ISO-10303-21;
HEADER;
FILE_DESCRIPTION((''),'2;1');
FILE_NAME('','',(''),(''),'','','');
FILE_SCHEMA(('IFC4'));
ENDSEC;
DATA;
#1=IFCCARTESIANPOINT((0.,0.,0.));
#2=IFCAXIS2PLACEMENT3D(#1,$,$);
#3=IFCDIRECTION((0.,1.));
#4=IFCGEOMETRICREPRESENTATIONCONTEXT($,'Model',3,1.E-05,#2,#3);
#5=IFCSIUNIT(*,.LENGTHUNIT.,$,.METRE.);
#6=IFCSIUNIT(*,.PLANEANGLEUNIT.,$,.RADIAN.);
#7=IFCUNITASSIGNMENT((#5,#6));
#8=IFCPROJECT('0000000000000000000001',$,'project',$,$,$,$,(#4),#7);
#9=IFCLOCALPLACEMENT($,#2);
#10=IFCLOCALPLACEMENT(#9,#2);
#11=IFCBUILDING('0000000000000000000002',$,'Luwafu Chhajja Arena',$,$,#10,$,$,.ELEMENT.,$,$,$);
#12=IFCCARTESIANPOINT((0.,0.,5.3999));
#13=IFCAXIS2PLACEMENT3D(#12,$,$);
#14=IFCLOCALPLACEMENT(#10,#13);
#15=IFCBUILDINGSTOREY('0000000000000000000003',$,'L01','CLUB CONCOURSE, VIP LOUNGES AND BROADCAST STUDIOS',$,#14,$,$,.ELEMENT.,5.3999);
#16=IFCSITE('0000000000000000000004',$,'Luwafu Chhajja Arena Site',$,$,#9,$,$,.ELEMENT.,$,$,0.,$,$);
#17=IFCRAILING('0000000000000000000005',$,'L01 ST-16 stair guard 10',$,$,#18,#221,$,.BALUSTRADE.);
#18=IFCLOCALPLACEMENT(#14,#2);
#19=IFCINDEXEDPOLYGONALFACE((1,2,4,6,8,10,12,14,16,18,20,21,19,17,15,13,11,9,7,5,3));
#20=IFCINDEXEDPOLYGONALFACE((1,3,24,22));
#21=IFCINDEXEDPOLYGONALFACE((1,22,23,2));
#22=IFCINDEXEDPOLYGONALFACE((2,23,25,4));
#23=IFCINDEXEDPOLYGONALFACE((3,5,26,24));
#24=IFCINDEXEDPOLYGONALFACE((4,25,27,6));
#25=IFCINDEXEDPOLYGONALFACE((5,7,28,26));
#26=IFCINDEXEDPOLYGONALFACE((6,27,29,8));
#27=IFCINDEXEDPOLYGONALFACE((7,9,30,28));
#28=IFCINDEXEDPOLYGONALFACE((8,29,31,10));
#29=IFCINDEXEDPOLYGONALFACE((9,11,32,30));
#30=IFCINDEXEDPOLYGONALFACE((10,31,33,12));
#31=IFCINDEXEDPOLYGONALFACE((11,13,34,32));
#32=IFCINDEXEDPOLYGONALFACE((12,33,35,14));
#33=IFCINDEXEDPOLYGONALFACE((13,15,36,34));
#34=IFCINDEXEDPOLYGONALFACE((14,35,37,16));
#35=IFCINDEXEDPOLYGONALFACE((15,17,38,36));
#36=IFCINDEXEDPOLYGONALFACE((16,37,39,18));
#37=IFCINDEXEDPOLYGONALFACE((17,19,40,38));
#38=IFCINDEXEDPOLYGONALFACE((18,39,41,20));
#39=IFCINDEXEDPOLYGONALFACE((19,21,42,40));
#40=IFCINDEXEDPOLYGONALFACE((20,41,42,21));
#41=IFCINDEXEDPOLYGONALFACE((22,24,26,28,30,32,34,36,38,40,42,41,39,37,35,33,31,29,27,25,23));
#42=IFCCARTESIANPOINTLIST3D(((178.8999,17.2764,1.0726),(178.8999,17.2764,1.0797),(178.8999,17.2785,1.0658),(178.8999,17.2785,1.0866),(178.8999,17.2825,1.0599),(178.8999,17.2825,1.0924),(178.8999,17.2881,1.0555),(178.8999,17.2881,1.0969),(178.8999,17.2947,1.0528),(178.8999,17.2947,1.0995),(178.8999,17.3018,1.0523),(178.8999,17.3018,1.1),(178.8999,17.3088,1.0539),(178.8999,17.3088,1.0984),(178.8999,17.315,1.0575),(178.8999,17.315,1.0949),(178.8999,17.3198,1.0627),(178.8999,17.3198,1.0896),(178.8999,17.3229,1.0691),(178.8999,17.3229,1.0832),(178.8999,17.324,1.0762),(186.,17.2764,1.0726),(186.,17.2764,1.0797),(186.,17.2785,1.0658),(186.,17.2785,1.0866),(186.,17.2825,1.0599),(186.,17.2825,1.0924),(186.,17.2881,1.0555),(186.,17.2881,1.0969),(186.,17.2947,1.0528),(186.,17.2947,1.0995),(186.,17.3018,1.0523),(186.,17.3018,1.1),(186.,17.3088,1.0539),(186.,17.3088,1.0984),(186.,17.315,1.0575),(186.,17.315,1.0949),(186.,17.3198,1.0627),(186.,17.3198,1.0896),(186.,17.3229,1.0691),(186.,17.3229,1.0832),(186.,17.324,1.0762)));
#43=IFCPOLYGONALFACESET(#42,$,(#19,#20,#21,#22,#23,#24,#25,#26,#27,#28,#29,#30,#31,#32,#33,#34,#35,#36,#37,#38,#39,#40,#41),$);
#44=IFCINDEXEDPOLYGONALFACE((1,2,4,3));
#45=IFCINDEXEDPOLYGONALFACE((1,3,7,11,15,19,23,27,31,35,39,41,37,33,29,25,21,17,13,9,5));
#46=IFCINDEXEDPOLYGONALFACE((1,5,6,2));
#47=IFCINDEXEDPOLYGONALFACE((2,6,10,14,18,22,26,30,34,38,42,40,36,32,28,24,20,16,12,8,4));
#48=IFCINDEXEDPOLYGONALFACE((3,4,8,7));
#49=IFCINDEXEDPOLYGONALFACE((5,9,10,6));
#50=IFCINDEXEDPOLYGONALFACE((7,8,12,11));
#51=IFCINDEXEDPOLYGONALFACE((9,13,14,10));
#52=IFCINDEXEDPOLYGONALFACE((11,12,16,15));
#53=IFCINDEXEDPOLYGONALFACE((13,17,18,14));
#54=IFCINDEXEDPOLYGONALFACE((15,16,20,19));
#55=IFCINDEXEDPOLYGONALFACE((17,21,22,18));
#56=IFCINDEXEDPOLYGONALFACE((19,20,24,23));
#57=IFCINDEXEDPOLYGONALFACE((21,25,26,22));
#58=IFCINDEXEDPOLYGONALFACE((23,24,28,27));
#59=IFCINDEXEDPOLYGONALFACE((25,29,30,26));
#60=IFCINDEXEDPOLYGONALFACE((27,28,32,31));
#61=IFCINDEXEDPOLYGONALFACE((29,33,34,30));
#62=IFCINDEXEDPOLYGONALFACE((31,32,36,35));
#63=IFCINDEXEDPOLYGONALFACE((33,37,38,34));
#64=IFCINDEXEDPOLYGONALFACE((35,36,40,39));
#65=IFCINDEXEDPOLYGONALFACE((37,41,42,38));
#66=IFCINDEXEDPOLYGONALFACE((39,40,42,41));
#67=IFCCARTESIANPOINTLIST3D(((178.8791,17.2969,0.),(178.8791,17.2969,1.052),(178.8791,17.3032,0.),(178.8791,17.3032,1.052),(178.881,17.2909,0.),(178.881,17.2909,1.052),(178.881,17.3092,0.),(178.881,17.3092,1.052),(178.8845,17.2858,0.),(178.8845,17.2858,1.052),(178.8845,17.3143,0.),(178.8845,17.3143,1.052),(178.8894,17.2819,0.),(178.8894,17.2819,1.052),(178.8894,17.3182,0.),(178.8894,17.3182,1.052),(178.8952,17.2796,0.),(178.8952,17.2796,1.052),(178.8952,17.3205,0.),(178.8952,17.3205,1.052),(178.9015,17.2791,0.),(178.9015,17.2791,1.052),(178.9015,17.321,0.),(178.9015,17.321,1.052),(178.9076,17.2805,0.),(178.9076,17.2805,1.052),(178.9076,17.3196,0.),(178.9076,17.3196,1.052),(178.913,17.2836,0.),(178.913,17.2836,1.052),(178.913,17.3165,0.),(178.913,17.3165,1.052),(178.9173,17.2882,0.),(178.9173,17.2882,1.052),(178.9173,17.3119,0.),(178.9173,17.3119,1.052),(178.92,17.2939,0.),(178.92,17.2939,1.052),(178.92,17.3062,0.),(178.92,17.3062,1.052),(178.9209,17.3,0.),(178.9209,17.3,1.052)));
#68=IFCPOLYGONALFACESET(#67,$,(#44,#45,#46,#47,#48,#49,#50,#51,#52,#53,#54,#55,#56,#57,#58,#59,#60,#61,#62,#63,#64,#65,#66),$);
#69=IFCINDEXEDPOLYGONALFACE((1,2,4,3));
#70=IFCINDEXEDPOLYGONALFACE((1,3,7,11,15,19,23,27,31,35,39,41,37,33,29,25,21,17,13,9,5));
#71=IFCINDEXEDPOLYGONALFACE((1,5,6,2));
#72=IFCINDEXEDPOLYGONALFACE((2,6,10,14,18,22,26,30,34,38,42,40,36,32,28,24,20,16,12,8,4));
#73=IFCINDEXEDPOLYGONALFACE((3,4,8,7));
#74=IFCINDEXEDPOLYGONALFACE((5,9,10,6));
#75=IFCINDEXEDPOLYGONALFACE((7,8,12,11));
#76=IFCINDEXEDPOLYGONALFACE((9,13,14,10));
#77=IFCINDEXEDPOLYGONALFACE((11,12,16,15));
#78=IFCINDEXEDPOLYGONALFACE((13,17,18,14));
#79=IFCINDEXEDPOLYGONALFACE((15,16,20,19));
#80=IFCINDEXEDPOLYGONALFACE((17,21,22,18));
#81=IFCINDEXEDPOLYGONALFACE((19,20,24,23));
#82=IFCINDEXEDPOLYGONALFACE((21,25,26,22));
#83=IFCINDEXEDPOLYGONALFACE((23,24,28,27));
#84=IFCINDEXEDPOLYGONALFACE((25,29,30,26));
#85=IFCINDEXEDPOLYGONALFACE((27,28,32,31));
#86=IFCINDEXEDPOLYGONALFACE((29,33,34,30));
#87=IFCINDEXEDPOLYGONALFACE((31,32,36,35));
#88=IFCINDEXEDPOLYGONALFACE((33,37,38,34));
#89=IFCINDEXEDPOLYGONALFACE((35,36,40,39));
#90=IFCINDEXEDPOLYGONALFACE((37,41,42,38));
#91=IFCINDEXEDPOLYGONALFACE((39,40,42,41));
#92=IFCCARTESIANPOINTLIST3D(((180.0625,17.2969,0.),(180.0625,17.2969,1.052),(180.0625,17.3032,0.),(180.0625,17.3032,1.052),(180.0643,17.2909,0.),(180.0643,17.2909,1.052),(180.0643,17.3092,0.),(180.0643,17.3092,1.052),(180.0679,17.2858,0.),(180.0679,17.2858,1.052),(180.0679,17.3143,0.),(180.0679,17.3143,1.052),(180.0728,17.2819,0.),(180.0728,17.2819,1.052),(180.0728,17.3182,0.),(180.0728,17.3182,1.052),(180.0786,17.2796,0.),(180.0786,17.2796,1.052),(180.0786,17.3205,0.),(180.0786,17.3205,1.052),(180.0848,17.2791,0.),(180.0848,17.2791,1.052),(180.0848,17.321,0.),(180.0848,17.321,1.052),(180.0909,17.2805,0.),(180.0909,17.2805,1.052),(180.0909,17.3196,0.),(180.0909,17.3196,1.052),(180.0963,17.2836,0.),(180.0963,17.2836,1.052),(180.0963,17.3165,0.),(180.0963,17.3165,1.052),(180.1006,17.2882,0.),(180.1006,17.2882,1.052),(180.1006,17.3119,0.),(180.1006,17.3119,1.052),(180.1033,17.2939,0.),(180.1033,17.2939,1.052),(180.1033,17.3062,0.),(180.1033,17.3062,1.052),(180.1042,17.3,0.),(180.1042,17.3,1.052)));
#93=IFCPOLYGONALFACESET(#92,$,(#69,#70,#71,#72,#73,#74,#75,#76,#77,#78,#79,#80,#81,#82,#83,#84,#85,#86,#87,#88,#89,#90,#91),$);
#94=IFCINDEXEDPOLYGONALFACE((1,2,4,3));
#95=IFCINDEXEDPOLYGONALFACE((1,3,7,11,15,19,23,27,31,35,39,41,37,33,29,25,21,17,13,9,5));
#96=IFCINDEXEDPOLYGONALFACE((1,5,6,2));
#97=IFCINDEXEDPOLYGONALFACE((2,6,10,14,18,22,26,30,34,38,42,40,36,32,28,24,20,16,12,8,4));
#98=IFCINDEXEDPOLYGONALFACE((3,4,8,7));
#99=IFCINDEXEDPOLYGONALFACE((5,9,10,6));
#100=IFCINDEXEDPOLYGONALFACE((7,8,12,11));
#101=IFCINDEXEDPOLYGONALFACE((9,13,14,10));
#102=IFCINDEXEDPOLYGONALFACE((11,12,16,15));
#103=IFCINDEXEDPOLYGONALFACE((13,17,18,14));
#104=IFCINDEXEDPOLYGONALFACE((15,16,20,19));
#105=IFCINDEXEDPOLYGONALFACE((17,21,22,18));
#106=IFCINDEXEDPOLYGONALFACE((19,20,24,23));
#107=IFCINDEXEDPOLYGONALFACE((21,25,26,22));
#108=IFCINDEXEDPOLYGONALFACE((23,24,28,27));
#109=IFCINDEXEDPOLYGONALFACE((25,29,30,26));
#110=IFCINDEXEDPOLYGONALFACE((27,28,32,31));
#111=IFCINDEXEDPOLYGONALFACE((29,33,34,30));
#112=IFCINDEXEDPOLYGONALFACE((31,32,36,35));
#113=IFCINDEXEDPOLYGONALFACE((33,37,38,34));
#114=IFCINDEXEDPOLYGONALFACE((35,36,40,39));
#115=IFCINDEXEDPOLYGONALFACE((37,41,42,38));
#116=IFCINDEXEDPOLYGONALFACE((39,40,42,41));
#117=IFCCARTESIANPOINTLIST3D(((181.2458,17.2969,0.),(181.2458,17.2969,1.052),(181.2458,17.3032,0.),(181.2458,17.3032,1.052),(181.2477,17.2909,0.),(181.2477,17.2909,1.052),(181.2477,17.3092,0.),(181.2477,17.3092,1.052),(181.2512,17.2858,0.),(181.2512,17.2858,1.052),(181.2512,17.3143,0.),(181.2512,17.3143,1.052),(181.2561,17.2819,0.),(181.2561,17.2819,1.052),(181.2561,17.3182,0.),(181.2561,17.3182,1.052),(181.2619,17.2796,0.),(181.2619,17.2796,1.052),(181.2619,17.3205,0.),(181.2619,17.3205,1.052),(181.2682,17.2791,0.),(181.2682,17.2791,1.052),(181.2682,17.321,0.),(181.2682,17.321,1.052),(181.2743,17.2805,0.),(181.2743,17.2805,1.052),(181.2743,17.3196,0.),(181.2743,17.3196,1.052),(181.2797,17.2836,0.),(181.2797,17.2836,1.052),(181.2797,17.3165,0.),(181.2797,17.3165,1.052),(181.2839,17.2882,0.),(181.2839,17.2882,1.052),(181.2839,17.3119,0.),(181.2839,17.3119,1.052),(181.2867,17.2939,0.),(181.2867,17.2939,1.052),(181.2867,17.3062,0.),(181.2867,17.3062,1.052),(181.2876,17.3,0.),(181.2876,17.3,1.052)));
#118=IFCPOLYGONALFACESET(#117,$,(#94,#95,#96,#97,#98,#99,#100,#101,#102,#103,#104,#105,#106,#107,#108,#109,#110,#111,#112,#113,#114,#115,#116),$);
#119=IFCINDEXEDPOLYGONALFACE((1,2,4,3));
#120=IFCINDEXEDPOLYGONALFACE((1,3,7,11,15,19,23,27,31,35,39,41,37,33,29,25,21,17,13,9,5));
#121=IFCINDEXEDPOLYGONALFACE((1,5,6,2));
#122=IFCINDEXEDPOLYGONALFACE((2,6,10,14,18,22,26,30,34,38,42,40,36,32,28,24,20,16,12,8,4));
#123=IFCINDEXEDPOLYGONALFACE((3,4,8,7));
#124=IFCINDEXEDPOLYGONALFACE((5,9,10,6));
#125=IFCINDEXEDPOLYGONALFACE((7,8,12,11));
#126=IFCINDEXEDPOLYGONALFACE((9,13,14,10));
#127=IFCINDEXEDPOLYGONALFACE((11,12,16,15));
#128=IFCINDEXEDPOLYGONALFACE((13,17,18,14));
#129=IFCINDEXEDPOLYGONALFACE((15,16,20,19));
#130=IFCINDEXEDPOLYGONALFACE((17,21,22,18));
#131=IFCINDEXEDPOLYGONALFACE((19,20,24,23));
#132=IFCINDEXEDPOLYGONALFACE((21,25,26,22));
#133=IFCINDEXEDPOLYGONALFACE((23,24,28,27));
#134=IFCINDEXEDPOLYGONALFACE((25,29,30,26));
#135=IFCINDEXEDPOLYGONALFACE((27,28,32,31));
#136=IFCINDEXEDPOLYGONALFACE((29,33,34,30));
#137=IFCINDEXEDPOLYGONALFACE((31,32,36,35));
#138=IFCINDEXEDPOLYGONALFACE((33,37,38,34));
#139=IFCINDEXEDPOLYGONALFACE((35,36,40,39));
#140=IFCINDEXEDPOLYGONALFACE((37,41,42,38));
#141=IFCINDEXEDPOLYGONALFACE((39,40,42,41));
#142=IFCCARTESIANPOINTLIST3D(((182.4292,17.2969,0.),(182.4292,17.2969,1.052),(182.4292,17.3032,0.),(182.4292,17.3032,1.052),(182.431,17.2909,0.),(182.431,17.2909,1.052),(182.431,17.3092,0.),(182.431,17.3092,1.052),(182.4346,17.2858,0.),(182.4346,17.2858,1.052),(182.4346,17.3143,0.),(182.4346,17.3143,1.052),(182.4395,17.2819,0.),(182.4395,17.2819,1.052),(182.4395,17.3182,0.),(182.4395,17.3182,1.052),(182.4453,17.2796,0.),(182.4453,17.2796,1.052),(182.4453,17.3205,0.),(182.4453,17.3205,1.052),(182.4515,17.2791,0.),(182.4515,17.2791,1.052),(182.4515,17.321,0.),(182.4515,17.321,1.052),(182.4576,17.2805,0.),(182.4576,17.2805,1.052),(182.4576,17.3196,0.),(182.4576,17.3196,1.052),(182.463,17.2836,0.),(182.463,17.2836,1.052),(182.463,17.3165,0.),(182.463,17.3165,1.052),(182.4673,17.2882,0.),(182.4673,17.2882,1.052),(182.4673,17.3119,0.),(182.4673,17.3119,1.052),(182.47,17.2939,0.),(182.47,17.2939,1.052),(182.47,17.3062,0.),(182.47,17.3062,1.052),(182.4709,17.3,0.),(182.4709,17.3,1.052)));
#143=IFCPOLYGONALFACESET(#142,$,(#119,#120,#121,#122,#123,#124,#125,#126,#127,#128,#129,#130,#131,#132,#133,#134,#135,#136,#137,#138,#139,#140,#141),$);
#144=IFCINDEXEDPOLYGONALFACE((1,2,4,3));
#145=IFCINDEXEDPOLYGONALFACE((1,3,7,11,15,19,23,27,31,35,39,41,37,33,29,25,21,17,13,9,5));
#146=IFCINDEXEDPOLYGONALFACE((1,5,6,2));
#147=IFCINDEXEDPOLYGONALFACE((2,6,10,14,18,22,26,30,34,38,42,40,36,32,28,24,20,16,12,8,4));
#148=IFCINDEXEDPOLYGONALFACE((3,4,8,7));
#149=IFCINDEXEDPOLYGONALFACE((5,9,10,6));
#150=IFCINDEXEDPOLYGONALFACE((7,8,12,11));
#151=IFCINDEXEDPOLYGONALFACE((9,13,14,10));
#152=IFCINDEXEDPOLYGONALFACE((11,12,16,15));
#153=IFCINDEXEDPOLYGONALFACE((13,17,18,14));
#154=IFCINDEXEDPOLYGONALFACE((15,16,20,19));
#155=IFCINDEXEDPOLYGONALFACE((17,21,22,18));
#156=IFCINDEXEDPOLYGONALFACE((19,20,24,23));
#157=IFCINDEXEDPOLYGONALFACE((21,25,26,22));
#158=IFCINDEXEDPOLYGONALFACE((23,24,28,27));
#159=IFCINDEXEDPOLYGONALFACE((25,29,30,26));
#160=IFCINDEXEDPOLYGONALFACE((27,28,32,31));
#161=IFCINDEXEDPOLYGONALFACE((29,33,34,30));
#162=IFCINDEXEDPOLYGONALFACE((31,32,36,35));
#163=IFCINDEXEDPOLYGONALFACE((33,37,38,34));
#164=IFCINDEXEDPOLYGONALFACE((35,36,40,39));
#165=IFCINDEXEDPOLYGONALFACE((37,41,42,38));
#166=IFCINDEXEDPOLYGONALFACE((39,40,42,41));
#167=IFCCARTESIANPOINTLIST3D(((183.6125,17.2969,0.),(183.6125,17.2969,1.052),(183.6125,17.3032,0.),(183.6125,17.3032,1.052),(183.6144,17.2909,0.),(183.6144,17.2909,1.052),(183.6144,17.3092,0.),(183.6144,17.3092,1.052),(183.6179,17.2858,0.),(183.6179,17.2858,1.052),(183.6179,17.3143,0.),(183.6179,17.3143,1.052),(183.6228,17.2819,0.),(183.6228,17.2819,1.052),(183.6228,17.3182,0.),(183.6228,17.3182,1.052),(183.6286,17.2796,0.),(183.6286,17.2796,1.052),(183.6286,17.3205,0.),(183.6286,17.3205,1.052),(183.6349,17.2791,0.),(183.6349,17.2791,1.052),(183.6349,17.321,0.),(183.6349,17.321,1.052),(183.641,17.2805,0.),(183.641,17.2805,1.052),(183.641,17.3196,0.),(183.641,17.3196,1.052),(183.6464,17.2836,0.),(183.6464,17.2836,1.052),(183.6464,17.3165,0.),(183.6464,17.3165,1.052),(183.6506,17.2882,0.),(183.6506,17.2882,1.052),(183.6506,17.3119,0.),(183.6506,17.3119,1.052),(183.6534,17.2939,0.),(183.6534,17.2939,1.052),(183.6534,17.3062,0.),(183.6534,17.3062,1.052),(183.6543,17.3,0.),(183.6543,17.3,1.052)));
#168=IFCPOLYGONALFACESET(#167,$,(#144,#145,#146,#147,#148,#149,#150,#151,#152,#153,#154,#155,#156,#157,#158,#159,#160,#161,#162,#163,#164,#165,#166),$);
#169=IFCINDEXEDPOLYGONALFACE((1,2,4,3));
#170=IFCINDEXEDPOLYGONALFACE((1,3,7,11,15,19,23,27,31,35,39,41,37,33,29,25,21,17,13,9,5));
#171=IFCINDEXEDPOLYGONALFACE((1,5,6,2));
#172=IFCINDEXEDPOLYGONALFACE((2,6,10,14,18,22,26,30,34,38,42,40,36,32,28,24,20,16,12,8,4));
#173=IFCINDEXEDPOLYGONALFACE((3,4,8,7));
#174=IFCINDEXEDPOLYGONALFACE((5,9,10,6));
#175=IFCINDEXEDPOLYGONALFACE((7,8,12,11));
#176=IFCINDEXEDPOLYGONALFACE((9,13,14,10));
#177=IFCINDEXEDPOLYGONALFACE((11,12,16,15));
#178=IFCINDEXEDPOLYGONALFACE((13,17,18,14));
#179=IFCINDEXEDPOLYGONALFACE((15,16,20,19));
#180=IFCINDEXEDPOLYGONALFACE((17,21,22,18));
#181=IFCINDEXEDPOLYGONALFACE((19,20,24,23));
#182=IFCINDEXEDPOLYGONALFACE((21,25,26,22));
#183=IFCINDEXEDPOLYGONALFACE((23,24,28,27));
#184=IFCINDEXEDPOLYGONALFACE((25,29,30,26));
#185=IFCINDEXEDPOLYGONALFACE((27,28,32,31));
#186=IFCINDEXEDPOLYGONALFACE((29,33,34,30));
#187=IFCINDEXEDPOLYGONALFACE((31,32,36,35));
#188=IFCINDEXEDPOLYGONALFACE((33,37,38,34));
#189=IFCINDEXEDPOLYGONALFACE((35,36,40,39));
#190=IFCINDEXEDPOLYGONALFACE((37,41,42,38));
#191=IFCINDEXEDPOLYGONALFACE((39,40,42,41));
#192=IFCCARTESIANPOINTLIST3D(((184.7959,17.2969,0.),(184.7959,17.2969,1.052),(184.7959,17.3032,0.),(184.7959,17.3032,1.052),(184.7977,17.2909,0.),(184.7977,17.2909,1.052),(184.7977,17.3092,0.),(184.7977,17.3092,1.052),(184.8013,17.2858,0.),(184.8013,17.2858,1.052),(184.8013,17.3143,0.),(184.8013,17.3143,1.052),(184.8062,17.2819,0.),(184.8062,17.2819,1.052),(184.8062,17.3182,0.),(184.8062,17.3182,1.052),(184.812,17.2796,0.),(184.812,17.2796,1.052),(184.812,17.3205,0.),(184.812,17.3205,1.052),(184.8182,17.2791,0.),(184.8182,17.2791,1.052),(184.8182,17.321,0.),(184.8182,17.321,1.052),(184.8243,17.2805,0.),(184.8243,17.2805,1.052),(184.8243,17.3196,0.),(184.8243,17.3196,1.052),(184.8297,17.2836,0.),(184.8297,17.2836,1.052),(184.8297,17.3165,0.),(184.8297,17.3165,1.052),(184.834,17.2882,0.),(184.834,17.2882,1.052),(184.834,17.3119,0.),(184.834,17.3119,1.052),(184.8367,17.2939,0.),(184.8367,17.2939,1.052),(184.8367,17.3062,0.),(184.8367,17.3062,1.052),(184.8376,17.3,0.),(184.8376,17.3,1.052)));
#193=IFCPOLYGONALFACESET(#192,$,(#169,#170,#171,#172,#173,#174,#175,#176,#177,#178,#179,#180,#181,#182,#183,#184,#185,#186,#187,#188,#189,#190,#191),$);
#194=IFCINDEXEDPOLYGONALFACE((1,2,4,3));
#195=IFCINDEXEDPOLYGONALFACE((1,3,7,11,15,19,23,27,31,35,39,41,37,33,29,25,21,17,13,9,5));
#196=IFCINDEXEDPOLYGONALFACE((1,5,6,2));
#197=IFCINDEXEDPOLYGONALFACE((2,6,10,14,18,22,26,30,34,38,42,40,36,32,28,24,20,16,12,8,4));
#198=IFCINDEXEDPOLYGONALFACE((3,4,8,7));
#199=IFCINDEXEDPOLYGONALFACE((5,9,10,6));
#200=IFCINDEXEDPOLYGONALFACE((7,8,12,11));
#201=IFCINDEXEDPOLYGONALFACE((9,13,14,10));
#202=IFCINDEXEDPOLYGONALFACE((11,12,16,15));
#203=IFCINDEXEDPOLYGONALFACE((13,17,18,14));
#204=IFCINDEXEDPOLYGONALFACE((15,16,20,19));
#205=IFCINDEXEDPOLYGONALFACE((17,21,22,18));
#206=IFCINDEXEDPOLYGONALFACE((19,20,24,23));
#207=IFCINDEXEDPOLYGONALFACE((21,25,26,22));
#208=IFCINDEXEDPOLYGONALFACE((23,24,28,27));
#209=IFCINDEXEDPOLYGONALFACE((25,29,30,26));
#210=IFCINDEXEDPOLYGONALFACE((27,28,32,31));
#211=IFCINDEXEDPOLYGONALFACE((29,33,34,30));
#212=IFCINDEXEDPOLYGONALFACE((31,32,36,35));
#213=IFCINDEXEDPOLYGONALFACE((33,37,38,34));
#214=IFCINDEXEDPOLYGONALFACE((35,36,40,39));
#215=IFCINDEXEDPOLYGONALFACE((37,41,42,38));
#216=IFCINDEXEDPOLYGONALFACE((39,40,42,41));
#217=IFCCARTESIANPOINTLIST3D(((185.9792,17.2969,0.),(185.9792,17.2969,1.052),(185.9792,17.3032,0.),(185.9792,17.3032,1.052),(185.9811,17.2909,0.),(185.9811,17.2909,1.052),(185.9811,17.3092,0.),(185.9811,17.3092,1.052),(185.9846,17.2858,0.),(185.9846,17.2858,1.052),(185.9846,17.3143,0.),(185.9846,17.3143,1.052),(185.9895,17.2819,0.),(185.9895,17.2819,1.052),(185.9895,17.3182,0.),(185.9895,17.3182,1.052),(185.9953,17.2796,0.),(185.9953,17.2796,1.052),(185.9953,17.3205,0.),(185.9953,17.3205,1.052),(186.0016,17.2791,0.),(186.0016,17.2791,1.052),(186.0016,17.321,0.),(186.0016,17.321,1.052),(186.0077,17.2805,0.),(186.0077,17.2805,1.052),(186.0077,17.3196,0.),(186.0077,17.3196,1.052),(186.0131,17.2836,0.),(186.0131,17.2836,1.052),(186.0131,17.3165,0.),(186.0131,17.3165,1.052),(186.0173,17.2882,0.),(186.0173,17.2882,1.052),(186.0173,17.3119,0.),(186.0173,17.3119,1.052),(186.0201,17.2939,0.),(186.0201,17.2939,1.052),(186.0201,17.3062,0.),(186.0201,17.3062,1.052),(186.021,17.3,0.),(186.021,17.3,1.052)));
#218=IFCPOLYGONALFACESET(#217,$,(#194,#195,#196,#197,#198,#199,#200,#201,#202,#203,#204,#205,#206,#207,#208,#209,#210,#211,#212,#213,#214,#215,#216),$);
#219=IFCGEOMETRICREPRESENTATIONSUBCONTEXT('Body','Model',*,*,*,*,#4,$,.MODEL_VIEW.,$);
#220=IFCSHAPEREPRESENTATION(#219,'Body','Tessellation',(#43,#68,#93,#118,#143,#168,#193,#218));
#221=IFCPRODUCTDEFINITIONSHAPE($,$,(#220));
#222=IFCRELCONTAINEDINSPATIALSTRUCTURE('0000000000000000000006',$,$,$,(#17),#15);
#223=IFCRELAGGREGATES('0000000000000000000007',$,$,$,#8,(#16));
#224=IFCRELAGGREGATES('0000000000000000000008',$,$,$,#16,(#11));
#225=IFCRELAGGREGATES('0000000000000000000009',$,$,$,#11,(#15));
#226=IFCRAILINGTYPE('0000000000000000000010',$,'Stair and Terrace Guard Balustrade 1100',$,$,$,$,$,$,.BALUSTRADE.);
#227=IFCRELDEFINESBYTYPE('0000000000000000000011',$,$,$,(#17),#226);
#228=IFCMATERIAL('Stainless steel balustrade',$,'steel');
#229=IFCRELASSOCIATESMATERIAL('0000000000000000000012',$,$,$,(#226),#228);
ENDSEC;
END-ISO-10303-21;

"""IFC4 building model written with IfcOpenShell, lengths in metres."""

from ifc_helpers import new_model, si_unit, direction, frame, origin, origin_2d, place, context, subcontext, project, spatial, circle, extrude, material, type_object, element, save


model = new_model("IFC4")

# Units and contexts
model_context = context("Model", 3, precision=1e-05, world=origin(), true_north=direction((0.0, 1.0)))
body_context = subcontext(model_context, "Body", "Model", "MODEL_VIEW")
ifc_project = project(units=[si_unit("LENGTHUNIT", "METRE"), si_unit("PLANEANGLEUNIT", "RADIAN")], contexts=[model_context])

# Site, building, storey
site_placement = place(None, origin())
site = spatial("IfcSite", under=ifc_project, at=site_placement, Name="Luwafu Chhajja Arena Site", CompositionType="ELEMENT", RefElevation=0.0)
building_placement = place(site_placement, origin())
building = spatial("IfcBuilding", under=site, at=building_placement, Name="Luwafu Chhajja Arena", CompositionType="ELEMENT")
storey_placement = place(building_placement, frame((0.0, 0.0, 5.3999)))
storey = spatial("IfcBuildingStorey", under=building, at=storey_placement, Name="L01", Description="CLUB CONCOURSE, VIP LOUNGES AND BROADCAST STUDIOS", CompositionType="ELEMENT", Elevation=5.3999)

# Railing
ifc_material_1 = material(Name="Stainless steel balustrade", Category="steel")
railing_type_1 = type_object("IfcRailingType", Name="Stair and Terrace Guard Balustrade 1100", PredefinedType="BALUSTRADE", material=ifc_material_1)
railing_1_placement = place(storey_placement, frame((178.8999, 17.3, 0.0)))
element("IfcRailing", 1, at=railing_1_placement, inside=storey, type_object=railing_type_1, Name="L01 ST-16 stair guard 10", PredefinedType="BALUSTRADE", context=body_context, shape_type="SweptSolid", body=[
    extrude(circle(Radius=0.0239, at=origin_2d()), frame((0.0, 0.0, 1.0762), z_axis=(1.0, 0.0, 0.0), x_axis=(0.0, 1.0, 0.0)), (0.0, 0.0, 1.0), 7.1001),
    extrude(circle(Radius=0.021, at=origin_2d()), origin(), (0.0, 0.0, 1.0), 1.052),
    extrude(circle(Radius=0.021, at=origin_2d()), frame((1.1833, 0.0, 0.0)), (0.0, 0.0, 1.0), 1.052),
    extrude(circle(Radius=0.021, at=origin_2d()), frame((2.3667, 0.0, 0.0)), (0.0, 0.0, 1.0), 1.052),
    extrude(circle(Radius=0.021, at=origin_2d()), frame((3.55, 0.0, 0.0)), (0.0, 0.0, 1.0), 1.052),
    extrude(circle(Radius=0.021, at=origin_2d()), frame((4.7334, 0.0, 0.0)), (0.0, 0.0, 1.0), 1.052),
    extrude(circle(Radius=0.021, at=origin_2d()), frame((5.9167, 0.0, 0.0)), (0.0, 0.0, 1.0), 1.052),
    extrude(circle(Radius=0.021, at=origin_2d()), frame((7.1001, 0.0, 0.0)), (0.0, 0.0, 1.0), 1.052),
])

save(model, "model.ifc")
